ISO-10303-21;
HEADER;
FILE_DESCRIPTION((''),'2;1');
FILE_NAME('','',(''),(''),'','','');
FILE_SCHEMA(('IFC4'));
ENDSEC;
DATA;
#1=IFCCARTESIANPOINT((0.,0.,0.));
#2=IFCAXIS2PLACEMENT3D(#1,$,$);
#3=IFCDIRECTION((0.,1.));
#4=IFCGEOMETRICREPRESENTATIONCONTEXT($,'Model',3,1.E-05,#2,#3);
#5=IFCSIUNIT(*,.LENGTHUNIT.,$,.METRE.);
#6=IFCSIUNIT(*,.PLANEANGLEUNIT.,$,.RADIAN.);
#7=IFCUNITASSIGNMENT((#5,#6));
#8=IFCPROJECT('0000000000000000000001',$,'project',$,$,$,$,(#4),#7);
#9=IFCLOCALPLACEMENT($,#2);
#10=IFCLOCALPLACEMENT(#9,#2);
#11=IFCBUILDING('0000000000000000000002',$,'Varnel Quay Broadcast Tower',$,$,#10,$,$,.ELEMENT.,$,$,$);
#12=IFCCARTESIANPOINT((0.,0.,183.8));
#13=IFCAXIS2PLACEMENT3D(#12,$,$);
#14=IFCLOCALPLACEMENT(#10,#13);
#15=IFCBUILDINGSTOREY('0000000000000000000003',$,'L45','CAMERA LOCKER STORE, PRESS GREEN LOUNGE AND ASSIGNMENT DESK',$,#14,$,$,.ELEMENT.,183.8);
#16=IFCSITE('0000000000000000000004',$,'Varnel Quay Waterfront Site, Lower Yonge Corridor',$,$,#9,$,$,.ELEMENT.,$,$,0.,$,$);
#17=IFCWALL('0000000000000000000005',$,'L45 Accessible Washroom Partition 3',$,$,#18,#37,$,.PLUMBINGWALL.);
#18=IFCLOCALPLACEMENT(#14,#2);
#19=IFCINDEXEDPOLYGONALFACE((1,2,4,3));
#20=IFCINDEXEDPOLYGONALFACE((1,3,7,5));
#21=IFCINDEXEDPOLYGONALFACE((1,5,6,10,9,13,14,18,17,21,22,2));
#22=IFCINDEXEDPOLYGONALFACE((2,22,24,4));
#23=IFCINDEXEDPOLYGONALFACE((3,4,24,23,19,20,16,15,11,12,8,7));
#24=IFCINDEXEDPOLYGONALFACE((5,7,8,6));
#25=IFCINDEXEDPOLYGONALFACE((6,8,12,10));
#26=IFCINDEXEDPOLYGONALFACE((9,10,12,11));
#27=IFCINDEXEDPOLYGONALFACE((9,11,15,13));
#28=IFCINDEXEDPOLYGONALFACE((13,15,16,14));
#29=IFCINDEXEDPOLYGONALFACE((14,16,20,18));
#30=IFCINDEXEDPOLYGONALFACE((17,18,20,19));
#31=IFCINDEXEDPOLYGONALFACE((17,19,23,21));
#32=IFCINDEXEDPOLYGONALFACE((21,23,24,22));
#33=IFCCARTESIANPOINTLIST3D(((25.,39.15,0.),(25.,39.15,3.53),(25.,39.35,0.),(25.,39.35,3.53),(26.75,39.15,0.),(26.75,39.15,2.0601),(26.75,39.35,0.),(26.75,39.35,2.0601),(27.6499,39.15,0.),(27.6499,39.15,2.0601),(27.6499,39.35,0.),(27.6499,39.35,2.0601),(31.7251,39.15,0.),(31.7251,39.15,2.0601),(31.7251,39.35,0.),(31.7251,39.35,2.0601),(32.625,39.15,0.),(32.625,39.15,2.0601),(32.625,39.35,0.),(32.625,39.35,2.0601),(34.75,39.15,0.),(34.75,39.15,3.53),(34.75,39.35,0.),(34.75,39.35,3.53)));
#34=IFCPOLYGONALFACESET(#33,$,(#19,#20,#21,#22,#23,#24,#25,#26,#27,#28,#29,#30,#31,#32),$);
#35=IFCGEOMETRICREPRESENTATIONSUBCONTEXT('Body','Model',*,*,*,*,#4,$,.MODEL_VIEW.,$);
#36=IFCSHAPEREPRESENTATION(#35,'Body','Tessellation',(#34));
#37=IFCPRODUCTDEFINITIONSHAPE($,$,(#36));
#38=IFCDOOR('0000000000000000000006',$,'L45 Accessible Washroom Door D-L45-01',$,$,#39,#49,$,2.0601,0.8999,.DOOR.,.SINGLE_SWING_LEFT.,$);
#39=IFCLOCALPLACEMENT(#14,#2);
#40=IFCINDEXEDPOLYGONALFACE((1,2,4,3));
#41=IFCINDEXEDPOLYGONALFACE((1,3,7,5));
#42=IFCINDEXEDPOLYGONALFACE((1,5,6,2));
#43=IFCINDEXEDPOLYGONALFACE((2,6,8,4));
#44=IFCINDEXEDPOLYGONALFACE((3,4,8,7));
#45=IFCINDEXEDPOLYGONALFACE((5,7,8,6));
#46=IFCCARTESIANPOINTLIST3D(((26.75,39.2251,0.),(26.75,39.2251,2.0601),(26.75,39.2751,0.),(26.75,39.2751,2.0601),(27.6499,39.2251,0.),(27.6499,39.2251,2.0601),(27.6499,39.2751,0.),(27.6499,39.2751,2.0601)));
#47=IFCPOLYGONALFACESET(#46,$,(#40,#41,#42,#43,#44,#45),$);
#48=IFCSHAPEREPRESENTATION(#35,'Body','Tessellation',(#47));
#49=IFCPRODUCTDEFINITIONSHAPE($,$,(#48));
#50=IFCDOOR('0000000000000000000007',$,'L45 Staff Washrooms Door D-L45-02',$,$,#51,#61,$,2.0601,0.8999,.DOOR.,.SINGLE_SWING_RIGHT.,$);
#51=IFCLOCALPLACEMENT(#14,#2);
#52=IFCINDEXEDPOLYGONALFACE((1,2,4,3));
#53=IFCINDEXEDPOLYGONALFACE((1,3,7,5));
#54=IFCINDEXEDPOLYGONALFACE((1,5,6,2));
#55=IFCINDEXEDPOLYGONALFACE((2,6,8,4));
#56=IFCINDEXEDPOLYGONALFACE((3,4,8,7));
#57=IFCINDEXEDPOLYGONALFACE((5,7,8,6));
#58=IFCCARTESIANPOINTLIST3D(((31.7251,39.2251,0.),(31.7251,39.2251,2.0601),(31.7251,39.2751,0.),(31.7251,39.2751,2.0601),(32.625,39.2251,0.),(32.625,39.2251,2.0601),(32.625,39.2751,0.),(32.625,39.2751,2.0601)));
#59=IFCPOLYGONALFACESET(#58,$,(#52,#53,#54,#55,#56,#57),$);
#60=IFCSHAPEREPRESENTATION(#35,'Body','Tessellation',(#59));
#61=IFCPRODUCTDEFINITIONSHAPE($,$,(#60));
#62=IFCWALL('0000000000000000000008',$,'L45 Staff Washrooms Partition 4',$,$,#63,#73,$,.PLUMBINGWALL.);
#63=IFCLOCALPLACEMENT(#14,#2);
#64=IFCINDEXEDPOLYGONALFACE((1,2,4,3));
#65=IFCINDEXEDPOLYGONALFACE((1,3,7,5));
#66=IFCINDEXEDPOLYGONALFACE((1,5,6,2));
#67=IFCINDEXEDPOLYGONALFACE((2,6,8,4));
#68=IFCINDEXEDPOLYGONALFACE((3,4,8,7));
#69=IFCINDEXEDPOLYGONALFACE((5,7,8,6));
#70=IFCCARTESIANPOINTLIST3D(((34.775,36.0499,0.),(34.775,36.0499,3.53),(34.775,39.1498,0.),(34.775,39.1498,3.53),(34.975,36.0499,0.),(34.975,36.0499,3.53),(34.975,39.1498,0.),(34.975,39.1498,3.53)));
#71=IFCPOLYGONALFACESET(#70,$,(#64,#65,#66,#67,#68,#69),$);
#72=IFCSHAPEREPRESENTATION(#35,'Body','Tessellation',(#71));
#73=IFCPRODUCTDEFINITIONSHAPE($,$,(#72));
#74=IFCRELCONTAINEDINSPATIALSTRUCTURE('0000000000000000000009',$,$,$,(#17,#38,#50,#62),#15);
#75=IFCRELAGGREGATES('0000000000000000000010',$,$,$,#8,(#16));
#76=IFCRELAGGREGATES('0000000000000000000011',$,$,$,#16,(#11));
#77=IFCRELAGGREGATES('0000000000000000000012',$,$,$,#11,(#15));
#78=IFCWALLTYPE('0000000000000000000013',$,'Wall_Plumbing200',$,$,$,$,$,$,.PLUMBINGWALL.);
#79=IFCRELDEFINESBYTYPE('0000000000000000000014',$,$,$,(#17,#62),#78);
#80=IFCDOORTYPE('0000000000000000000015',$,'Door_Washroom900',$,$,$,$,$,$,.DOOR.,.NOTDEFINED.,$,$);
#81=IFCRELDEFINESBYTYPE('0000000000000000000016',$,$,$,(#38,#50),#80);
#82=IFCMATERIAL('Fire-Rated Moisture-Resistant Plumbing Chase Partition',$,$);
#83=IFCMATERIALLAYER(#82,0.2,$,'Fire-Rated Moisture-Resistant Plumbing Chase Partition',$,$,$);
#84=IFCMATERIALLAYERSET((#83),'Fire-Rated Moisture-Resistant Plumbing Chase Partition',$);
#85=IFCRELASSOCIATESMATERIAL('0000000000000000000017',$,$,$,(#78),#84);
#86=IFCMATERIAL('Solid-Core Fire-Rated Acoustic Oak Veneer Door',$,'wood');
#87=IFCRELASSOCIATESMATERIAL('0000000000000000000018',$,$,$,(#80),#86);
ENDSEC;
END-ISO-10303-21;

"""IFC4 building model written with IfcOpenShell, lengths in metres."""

from ifc_helpers import new_model, si_unit, direction, frame, frame_2d, origin, place, context, subcontext, project, spatial, rectangle, extrude, source, transform, mapped, material, layer, layer_set, type_object, type_shapes, element, fill, save


model = new_model("IFC4")

# Units and contexts
model_context = context("Model", 3, precision=1e-05, world=origin(), true_north=direction((0.0, 1.0)))
body_context = subcontext(model_context, "Body", "Model", "MODEL_VIEW")
ifc_project = project(units=[si_unit("LENGTHUNIT", "METRE"), si_unit("PLANEANGLEUNIT", "RADIAN")], contexts=[model_context])

# Site, building, storey
site_placement = place(None, origin())
site = spatial("IfcSite", under=ifc_project, at=site_placement, Name="Varnel Quay Waterfront Site, Lower Yonge Corridor", CompositionType="ELEMENT", RefElevation=0.0)
building_placement = place(site_placement, origin())
building = spatial("IfcBuilding", under=site, at=building_placement, Name="Varnel Quay Broadcast Tower", CompositionType="ELEMENT")
storey_placement = place(building_placement, frame((0.0, 0.0, 183.8)))
storey = spatial("IfcBuildingStorey", under=building, at=storey_placement, Name="L45", Description="CAMERA LOCKER STORE, PRESS GREEN LOUNGE AND ASSIGNMENT DESK", CompositionType="ELEMENT", Elevation=183.8)

# Shared definitions
ifc_material_1 = material(Name="Fire-Rated Moisture-Resistant Plumbing Chase Partition")
ifc_layer_1 = layer(ifc_material_1, 0.2, Name="Fire-Rated Moisture-Resistant Plumbing Chase Partition")
ifc_layer_set_1 = layer_set([ifc_layer_1], Name="Fire-Rated Moisture-Resistant Plumbing Chase Partition")
wall_type_1 = type_object("IfcWallType", Name="Wall_Plumbing200", PredefinedType="PLUMBINGWALL", material=ifc_layer_set_1)

# Wall, openings, doors
wall_1_placement = place(storey_placement, frame((25.0, 39.25, 0.0), z_axis=(0.0, 0.0, 1.0), x_axis=(1.0, 0.0, 0.0)))
wall_1 = element("IfcWall", 1, at=wall_1_placement, inside=storey, type_object=wall_type_1, Name="L45 Accessible Washroom Partition 3", PredefinedType="PLUMBINGWALL", context=body_context, shape_type="SweptSolid", body=[
    extrude(rectangle(XDim=9.75, YDim=0.2, at=frame_2d((4.875, 0.0))), origin(), (0.0, 0.0, 1.0), 3.53),
])
opening_1_placement = place(wall_1_placement, frame((1.75, 0.0, 0.0)))
opening_1 = element("IfcOpeningElement", 2, at=opening_1_placement, cuts=wall_1, PredefinedType="OPENING", context=body_context, shape_type="SweptSolid", body=[
    extrude(rectangle(XDim=0.8999, YDim=2.0601, at=frame_2d((0.45, 1.03))), frame((0.0, 0.1099, 0.0), z_axis=(0.0, -1.0, 0.0), x_axis=(1.0, 0.0, 0.0)), (0.0, 0.0, 1.0), 0.22),
])
opening_2_placement = place(wall_1_placement, frame((6.7251, 0.0, 0.0)))
opening_2 = element("IfcOpeningElement", 3, at=opening_2_placement, cuts=wall_1, PredefinedType="OPENING", context=body_context, shape_type="SweptSolid", body=[
    extrude(rectangle(XDim=0.8999, YDim=2.0601, at=frame_2d((0.45, 1.03))), frame((0.0, 0.1099, 0.0), z_axis=(0.0, -1.0, 0.0), x_axis=(1.0, 0.0, 0.0)), (0.0, 0.0, 1.0), 0.22),
])
ifc_material_2 = material(Name="Solid-Core Fire-Rated Acoustic Oak Veneer Door", Category="wood")
door_type_1 = type_object("IfcDoorType", Name="Door_Washroom900", OperationType="NOTDEFINED", PredefinedType="DOOR", material=ifc_material_2)
shared_shape_1 = source(origin(), body_context, "Body", "SweptSolid", [
    extrude(rectangle(XDim=0.8999, YDim=2.0601, at=frame_2d((0.45, 1.03))), frame((0.0, 0.0249, 0.0), z_axis=(0.0, -1.0, 0.0), x_axis=(1.0, 0.0, 0.0)), (0.0, 0.0, 1.0), 0.05),
])
type_shapes(door_type_1, [shared_shape_1])
door_1_placement = place(opening_1_placement, frame((0.8999, 0.0, 0.0), z_axis=(0.0, 0.0, 1.0), x_axis=(-1.0, 0.0, 0.0)))
door_1 = element("IfcDoor", 4, at=door_1_placement, inside=storey, type_object=door_type_1, Name="L45 Accessible Washroom Door D-L45-01", OperationType="SINGLE_SWING_LEFT", OverallHeight=2.0601, OverallWidth=0.8999, PredefinedType="DOOR", context=body_context, shape_type="MappedRepresentation", body=[
    mapped(shared_shape_1, transform((0.0, 0.0, 0.0), x_axis=(1.0, 0.0, 0.0), y_axis=(0.0, 1.0, 0.0), z_axis=(0.0, 0.0, 1.0), scale=1.0)),
])
fill(opening_1, door_1)
door_2_placement = place(opening_2_placement, frame((0.8999, 0.0, 0.0), z_axis=(0.0, 0.0, 1.0), x_axis=(-1.0, 0.0, 0.0)))
door_2 = element("IfcDoor", 5, at=door_2_placement, inside=storey, type_object=door_type_1, Name="L45 Staff Washrooms Door D-L45-02", OperationType="SINGLE_SWING_RIGHT", OverallHeight=2.0601, OverallWidth=0.8999, PredefinedType="DOOR", context=body_context, shape_type="MappedRepresentation", body=[
    mapped(shared_shape_1, transform((0.0, 0.0, 0.0), x_axis=(1.0, 0.0, 0.0), y_axis=(0.0, 1.0, 0.0), z_axis=(0.0, 0.0, 1.0), scale=1.0)),
])
fill(opening_2, door_2)

# Wall
wall_2_placement = place(storey_placement, frame((34.875, 36.05, 0.0), z_axis=(0.0, 0.0, 1.0), x_axis=(0.0, 1.0, 0.0)))
element("IfcWall", 6, at=wall_2_placement, inside=storey, type_object=wall_type_1, Name="L45 Staff Washrooms Partition 4", PredefinedType="PLUMBINGWALL", context=body_context, shape_type="SweptSolid", body=[
    extrude(rectangle(XDim=3.0999, YDim=0.2, at=frame_2d((1.5498, 0.0))), origin(), (0.0, 0.0, 1.0), 3.53),
])

save(model, "model.ifc")
